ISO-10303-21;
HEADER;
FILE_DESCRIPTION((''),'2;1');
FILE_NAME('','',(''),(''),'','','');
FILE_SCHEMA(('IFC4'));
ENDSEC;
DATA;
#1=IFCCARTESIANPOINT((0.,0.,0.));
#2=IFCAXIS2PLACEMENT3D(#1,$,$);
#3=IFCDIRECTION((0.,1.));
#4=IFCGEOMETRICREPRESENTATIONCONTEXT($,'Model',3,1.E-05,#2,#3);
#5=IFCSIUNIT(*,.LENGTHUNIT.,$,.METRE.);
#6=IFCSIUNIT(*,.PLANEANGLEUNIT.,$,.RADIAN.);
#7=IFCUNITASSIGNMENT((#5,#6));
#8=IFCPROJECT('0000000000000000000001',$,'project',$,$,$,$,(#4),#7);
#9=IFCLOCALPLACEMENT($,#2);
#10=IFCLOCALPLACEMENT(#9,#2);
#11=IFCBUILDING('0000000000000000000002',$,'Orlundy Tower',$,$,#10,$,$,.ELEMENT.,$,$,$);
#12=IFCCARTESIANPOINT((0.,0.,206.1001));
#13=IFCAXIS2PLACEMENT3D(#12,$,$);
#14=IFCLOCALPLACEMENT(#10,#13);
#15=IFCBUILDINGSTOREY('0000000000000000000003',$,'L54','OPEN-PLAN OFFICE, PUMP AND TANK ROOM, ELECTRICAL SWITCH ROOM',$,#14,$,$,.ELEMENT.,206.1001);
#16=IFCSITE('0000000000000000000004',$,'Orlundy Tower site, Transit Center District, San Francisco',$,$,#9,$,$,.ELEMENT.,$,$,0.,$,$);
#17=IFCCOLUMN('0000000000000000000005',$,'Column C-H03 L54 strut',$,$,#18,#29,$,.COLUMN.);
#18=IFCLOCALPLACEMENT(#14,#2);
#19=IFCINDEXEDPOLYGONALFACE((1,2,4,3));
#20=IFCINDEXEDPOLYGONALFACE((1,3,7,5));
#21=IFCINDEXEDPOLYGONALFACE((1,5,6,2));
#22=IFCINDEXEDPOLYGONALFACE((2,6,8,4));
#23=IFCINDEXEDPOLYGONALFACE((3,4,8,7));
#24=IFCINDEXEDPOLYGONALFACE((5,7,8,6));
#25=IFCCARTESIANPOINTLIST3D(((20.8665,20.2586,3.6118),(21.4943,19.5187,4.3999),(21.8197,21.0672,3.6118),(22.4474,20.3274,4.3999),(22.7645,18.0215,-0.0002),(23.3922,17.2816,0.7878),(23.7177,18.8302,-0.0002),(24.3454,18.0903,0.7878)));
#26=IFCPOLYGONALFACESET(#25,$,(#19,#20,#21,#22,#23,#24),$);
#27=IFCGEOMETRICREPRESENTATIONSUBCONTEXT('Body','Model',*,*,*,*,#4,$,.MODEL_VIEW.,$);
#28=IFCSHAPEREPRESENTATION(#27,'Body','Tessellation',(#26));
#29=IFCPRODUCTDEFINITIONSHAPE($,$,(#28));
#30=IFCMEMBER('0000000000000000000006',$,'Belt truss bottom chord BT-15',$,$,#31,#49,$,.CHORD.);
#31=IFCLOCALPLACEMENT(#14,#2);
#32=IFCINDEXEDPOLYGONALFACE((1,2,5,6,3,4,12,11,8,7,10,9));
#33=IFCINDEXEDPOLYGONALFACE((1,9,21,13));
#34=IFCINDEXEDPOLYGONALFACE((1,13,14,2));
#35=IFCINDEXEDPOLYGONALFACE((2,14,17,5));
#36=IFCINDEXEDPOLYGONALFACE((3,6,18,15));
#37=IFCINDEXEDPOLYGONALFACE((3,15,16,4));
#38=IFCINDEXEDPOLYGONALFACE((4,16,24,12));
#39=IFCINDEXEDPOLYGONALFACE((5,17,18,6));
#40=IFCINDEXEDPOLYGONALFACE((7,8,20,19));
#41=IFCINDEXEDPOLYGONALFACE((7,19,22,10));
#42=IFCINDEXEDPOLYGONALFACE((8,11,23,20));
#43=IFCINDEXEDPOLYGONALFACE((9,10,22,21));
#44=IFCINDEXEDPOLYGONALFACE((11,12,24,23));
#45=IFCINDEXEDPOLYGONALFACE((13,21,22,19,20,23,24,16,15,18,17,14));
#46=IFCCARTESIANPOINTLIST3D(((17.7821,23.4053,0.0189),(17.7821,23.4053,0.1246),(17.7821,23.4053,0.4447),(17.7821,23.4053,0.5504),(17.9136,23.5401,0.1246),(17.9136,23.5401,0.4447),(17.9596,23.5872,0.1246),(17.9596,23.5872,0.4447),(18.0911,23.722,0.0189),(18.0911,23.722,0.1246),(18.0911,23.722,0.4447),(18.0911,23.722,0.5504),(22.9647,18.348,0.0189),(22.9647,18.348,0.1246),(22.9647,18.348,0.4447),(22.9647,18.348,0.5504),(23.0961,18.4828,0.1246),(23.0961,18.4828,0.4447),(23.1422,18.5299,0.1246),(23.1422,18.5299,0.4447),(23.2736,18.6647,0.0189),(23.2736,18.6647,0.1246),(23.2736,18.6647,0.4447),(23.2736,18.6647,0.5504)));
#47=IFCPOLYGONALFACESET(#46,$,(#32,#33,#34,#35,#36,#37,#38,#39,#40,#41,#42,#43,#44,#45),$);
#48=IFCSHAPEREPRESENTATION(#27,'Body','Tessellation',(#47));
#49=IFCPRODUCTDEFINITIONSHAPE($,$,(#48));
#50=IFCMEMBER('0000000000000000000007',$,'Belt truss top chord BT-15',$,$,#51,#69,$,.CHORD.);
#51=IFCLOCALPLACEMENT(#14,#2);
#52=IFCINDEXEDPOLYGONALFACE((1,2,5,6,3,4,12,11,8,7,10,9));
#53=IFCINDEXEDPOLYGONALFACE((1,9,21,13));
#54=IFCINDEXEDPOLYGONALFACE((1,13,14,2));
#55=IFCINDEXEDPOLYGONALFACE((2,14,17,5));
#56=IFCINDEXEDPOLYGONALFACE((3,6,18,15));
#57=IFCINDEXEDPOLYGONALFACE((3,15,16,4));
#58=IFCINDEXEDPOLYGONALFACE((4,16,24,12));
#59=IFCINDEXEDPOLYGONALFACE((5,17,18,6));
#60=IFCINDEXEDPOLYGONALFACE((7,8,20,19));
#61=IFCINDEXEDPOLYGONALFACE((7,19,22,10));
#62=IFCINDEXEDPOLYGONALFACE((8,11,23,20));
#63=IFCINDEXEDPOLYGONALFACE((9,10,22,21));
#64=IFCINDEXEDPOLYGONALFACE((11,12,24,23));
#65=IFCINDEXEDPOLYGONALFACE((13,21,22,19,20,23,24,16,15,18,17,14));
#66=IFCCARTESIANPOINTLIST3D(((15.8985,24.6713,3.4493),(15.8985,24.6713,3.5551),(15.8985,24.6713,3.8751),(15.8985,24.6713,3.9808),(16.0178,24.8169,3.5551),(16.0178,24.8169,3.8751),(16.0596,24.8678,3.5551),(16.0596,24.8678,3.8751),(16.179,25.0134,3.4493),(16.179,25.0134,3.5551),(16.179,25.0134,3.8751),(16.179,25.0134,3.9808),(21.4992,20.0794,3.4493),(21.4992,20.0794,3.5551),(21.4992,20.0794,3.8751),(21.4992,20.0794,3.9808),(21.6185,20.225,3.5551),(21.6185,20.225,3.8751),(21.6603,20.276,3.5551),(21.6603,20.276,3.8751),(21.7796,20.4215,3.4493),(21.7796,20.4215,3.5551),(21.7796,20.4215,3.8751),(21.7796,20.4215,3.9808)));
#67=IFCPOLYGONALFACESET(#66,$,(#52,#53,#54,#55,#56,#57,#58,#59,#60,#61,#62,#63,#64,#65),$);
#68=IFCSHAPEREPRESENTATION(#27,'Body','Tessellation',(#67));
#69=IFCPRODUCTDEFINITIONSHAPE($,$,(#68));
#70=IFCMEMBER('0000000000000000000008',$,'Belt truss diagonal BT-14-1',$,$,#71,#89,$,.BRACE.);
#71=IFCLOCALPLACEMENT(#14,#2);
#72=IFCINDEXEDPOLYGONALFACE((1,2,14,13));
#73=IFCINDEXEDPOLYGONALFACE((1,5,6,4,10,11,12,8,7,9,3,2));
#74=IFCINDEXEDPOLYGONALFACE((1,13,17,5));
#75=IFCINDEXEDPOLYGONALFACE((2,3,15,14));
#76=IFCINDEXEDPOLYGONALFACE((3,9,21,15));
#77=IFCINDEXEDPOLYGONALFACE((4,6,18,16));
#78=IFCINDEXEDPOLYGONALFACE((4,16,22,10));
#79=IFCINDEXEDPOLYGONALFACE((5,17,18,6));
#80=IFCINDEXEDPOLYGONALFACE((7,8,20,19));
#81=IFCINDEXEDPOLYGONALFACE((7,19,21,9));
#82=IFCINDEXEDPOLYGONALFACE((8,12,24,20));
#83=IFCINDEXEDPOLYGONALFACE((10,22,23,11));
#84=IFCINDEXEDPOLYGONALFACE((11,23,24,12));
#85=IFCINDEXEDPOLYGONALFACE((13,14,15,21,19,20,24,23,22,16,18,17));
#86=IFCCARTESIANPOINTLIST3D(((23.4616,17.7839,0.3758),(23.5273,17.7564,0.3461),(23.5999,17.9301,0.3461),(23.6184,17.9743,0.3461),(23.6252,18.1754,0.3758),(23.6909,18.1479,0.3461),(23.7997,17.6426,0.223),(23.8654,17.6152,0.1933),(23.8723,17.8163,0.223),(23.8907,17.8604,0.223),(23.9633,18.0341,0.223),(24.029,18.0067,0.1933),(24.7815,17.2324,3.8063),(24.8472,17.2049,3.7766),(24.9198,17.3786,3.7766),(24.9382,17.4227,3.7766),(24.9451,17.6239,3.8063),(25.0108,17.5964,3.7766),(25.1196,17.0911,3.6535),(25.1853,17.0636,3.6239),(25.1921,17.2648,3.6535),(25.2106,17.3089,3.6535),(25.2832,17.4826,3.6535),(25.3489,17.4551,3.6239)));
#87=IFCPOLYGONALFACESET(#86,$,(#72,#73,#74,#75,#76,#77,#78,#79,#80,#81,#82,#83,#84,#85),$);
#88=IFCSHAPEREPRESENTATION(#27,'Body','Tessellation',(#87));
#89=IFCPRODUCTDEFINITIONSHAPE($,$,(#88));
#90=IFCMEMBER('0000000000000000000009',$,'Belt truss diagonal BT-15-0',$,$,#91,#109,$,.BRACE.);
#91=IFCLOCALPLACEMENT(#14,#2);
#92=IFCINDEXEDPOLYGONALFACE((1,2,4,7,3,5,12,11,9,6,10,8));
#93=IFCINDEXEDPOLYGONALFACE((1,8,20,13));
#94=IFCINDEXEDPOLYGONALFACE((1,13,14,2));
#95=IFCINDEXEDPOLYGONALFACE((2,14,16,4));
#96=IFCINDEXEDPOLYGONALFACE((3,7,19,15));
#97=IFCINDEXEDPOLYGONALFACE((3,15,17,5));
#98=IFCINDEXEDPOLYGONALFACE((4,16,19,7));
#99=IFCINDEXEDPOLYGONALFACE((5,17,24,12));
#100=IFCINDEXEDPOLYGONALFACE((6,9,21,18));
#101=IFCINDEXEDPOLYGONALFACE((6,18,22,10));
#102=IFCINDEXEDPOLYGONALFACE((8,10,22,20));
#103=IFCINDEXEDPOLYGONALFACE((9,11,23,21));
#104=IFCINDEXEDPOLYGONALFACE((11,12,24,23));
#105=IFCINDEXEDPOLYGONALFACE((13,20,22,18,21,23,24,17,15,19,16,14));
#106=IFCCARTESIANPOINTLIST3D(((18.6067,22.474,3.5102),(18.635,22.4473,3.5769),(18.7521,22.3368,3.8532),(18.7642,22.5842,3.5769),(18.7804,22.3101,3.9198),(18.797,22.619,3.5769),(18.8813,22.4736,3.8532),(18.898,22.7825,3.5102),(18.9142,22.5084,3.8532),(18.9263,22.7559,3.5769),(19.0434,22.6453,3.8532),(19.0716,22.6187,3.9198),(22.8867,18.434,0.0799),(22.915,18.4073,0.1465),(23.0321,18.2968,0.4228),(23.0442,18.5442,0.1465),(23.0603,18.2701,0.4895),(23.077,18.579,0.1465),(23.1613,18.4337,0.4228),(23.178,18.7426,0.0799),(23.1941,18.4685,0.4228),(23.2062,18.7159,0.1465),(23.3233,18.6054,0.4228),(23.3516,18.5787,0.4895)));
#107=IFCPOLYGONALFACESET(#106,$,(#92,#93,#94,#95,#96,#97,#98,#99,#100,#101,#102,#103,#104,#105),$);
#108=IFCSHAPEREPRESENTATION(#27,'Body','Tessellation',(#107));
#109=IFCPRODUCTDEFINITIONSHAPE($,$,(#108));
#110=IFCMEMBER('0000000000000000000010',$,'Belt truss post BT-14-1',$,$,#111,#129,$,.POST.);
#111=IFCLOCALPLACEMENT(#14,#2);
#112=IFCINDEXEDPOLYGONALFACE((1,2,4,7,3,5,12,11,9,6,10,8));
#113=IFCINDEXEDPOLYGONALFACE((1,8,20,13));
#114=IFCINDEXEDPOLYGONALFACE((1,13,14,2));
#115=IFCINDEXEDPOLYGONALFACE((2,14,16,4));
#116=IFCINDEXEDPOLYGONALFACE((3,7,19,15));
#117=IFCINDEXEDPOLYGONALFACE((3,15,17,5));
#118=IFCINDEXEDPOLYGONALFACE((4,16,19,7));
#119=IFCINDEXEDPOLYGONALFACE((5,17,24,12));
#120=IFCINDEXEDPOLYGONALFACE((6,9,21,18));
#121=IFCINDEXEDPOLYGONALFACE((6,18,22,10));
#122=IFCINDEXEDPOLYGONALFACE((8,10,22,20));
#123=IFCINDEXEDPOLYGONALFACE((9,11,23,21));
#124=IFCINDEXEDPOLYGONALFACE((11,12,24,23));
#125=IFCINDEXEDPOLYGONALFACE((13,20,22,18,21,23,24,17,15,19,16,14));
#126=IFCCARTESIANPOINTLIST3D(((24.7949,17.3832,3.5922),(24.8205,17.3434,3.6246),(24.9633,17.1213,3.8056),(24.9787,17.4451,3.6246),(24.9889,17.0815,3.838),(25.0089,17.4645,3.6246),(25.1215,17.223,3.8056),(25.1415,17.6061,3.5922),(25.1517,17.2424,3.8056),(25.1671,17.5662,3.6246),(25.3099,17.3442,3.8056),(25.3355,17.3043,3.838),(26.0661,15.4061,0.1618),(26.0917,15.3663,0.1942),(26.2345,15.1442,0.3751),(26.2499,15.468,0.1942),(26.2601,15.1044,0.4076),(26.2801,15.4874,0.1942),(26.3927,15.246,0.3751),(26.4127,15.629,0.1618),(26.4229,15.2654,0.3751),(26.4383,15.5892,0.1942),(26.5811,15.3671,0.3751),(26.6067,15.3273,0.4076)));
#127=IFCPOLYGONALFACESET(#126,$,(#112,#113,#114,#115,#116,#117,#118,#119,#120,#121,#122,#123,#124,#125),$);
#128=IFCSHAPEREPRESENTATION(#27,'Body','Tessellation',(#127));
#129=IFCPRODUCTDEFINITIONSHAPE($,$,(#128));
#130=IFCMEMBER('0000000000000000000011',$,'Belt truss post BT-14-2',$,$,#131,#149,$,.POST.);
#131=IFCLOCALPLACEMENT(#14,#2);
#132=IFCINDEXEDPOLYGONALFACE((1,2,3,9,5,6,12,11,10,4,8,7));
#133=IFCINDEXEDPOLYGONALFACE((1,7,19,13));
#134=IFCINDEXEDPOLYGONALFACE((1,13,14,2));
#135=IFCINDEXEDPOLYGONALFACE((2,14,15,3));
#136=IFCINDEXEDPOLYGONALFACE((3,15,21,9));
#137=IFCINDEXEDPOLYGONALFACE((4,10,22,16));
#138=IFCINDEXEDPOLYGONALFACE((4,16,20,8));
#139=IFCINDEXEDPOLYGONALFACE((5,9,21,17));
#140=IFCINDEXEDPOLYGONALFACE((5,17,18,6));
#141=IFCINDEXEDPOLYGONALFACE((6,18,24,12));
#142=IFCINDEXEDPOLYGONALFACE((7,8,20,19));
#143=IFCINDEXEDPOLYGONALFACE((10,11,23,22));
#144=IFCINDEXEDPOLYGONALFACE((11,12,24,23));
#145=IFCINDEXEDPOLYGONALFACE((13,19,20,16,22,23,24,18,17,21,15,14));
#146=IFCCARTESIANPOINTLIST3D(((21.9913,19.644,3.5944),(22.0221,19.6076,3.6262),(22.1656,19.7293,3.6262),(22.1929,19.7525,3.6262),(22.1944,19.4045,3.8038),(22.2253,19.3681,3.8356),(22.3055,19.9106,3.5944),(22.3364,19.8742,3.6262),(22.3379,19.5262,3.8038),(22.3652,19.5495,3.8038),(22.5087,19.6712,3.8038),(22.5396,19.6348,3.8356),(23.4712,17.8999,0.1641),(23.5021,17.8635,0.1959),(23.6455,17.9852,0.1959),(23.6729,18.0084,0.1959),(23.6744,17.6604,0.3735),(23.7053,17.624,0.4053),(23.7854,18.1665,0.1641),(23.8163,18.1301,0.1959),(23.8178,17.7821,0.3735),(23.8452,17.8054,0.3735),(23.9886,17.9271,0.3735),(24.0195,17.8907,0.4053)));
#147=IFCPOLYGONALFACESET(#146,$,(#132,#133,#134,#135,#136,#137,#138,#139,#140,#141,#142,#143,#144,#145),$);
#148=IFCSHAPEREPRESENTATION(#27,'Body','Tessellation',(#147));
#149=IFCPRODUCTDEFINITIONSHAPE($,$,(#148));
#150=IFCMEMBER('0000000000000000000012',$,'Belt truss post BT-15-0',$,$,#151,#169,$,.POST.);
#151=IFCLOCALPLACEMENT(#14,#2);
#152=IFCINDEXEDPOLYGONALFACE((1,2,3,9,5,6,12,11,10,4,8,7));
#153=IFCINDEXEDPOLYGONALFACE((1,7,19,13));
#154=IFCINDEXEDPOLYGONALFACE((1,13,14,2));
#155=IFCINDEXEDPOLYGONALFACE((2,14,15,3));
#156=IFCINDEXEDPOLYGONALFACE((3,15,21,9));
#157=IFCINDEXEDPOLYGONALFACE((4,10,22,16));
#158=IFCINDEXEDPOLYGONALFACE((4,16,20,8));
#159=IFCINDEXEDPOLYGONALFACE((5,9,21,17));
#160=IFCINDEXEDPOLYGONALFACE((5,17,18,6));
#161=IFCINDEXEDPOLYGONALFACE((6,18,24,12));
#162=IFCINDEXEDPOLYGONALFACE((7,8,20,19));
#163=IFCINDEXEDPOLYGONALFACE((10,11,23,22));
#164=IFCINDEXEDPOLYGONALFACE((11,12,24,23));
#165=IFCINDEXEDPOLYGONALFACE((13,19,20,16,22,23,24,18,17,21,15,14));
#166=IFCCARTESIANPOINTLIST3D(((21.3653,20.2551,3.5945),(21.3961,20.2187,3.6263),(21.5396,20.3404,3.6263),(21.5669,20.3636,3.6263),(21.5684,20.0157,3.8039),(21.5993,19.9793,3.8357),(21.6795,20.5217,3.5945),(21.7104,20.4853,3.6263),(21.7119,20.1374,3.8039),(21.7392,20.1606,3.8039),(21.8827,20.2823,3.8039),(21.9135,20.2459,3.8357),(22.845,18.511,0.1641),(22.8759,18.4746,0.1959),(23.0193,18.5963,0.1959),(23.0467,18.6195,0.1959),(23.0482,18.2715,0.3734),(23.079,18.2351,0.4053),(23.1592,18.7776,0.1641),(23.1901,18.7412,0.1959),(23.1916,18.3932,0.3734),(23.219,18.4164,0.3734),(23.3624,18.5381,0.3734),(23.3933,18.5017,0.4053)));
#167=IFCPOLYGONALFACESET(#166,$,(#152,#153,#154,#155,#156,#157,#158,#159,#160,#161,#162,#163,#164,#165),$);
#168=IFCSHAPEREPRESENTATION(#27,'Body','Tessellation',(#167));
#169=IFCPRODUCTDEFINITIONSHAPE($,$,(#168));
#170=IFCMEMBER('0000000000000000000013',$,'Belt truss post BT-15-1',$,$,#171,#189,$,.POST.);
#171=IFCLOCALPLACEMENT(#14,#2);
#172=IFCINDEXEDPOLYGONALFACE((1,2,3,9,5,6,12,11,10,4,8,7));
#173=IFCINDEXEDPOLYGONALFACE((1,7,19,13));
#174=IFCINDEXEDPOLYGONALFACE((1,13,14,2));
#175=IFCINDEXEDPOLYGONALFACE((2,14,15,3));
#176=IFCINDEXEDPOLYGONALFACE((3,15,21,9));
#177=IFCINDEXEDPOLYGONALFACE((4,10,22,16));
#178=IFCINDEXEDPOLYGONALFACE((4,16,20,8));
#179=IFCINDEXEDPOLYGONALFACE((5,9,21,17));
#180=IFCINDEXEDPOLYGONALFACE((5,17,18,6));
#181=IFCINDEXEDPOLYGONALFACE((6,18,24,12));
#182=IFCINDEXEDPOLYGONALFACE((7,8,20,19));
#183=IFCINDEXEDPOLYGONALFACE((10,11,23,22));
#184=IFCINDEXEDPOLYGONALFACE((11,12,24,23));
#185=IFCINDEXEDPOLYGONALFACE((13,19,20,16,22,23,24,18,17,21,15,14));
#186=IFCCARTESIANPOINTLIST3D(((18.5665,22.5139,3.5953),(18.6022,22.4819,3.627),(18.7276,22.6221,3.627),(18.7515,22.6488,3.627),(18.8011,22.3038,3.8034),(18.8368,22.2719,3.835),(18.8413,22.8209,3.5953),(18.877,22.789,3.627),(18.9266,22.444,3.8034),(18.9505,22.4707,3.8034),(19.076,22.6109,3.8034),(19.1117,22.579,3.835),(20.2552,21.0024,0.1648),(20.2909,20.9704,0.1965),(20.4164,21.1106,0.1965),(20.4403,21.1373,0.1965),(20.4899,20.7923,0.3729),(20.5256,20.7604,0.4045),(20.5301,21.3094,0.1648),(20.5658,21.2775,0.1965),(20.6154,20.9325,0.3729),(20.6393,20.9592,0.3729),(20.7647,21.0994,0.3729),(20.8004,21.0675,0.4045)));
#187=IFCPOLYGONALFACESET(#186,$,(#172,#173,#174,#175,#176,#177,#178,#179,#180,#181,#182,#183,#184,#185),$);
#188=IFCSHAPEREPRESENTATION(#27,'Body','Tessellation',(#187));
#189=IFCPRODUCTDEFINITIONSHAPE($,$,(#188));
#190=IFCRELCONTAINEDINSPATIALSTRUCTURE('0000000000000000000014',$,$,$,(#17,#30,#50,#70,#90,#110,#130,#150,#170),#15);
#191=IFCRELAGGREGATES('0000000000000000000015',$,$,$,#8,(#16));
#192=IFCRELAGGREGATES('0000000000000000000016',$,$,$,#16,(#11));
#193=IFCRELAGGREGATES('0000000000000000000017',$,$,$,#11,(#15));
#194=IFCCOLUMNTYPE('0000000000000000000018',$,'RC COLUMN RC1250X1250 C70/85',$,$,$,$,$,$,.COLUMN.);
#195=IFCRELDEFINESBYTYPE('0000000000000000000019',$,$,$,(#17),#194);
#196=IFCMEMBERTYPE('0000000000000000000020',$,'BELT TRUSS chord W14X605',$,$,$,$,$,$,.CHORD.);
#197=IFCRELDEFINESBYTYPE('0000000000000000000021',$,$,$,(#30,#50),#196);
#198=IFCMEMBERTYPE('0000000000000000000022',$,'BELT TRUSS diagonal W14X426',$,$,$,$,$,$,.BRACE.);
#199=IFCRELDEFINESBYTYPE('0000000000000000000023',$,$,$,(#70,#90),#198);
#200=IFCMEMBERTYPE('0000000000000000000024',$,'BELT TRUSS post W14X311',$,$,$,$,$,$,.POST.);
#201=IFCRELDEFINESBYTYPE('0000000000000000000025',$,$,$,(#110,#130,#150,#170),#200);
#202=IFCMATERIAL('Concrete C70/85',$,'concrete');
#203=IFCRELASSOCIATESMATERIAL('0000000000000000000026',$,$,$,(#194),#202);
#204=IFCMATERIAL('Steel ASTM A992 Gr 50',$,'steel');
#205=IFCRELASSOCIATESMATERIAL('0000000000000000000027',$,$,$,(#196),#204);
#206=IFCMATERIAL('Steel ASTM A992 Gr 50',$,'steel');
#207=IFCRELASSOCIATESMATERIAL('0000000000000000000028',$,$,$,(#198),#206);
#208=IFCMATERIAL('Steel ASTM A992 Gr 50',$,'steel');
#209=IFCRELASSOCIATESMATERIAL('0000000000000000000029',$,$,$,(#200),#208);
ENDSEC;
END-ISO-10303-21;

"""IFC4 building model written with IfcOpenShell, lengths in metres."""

from ifc_helpers import new_model, si_unit, direction, frame, origin, origin_2d, place, context, subcontext, project, spatial, rectangle, i_section, extrude, material, material_profile, profile_set, type_object, element, save


model = new_model("IFC4")

# Units and contexts
model_context = context("Model", 3, precision=1e-05, world=origin(), true_north=direction((0.0, 1.0)))
body_context = subcontext(model_context, "Body", "Model", "MODEL_VIEW")
ifc_project = project(units=[si_unit("LENGTHUNIT", "METRE"), si_unit("PLANEANGLEUNIT", "RADIAN")], contexts=[model_context])

# Site, building, storey
site_placement = place(None, origin())
site = spatial("IfcSite", under=ifc_project, at=site_placement, Name="Orlundy Tower site, Transit Center District, San Francisco", CompositionType="ELEMENT", RefElevation=0.0)
building_placement = place(site_placement, origin())
building = spatial("IfcBuilding", under=site, at=building_placement, Name="Orlundy Tower", CompositionType="ELEMENT")
storey_placement = place(building_placement, frame((0.0, 0.0, 206.1001)))
storey = spatial("IfcBuildingStorey", under=building, at=storey_placement, Name="L54", Description="OPEN-PLAN OFFICE, PUMP AND TANK ROOM, ELECTRICAL SWITCH ROOM", CompositionType="ELEMENT", Elevation=206.1001)

# Column
ifc_material_1 = material(Name="Concrete C70/85", Category="concrete")
ifc_material_profile_1 = material_profile(ifc_material_1, rectangle(XDim=1.25, YDim=1.25, at=origin_2d()), Name="RC1250X1250")
ifc_profile_set_1 = profile_set([ifc_material_profile_1], Name="Concrete C70/85")
column_type = type_object("IfcColumnType", Name="RC COLUMN RC1250X1250 C70/85", PredefinedType="COLUMN", material=ifc_profile_set_1)
column_placement = place(storey_placement, frame((23.5549, 18.0559, 0.3938), z_axis=(-0.407868, 0.480742, 0.776229), x_axis=(-0.762537, -0.646945, 0.0)))
element("IfcColumn", 1, at=column_placement, inside=storey, type_object=column_type, Name="Column C-H03 L54 strut", PredefinedType="COLUMN", context=body_context, shape_type="SweptSolid", body=[
    extrude(rectangle(XDim=1.25, YDim=1.25, at=origin_2d()), origin(), (0.0, 0.0, 1.0), 4.6533),
])

# Members
ifc_material_2 = material(Name="Steel ASTM A992 Gr 50", Category="steel")
ifc_material_profile_2 = material_profile(ifc_material_2, i_section(OverallWidth=0.4424, OverallDepth=0.5315, WebThickness=0.0659, FlangeThickness=0.1057, at=origin_2d()), Name="W14X605")
ifc_profile_set_2 = profile_set([ifc_material_profile_2], Name="Steel ASTM A992 Gr 50")
member_type_1 = type_object("IfcMemberType", Name="BELT TRUSS chord W14X605", PredefinedType="CHORD", material=ifc_profile_set_2)
member_1_placement = place(storey_placement, frame((23.1191, 18.5063, 0.2847), z_axis=(-0.715702, 0.698406, 0.0), x_axis=(-0.698406, -0.715702, 0.0)))
element("IfcMember", 2, at=member_1_placement, inside=storey, type_object=member_type_1, Name="Belt truss bottom chord BT-15", PredefinedType="CHORD", context=body_context, shape_type="SweptSolid", body=[
    extrude(i_section(OverallWidth=0.4424, OverallDepth=0.5315, WebThickness=0.0659, FlangeThickness=0.1057, at=origin_2d()), origin(), (0.0, 0.0, 1.0), 7.2412),
])
member_2_placement = place(storey_placement, frame((21.6394, 20.2505, 3.7151), z_axis=(-0.773314, 0.634023, 0.0), x_axis=(-0.634023, -0.773314, 0.0)))
element("IfcMember", 3, at=member_2_placement, inside=storey, type_object=member_type_1, Name="Belt truss top chord BT-15", PredefinedType="CHORD", context=body_context, shape_type="SweptSolid", body=[
    extrude(i_section(OverallWidth=0.4424, OverallDepth=0.5315, WebThickness=0.0659, FlangeThickness=0.1057, at=origin_2d()), origin(), (0.0, 0.0, 1.0), 7.2424),
])
ifc_material_3 = material(Name="Steel ASTM A992 Gr 50", Category="steel")
ifc_material_profile_3 = material_profile(ifc_material_3, i_section(OverallWidth=0.4243, OverallDepth=0.4741, WebThickness=0.0479, FlangeThickness=0.0771, at=origin_2d()), Name="W14X426")
ifc_profile_set_3 = profile_set([ifc_material_profile_3], Name="Steel ASTM A992 Gr 50")
member_type_2 = type_object("IfcMemberType", Name="BELT TRUSS diagonal W14X426", PredefinedType="BRACE", material=ifc_profile_set_3)
member_3_placement = place(storey_placement, frame((25.0652, 17.3438, 3.7151), z_axis=(-0.355106, 0.148388, -0.922974), x_axis=(-0.38556, -0.922683, 0.0)))
element("IfcMember", 4, at=member_3_placement, inside=storey, type_object=member_type_2, Name="Belt truss diagonal BT-14-1", PredefinedType="BRACE", context=body_context, shape_type="SweptSolid", body=[
    extrude(i_section(OverallWidth=0.4243, OverallDepth=0.4741, WebThickness=0.0479, FlangeThickness=0.0771, at=origin_2d()), origin(), (0.0, 0.0, 1.0), 3.7168),
])
member_4_placement = place(storey_placement, frame((23.1191, 18.5063, 0.2847), z_axis=(-0.628273, 0.593045, 0.503558), x_axis=(-0.686425, -0.727201, 0.0)))
element("IfcMember", 5, at=member_4_placement, inside=storey, type_object=member_type_2, Name="Belt truss diagonal BT-15-0", PredefinedType="BRACE", context=body_context, shape_type="SweptSolid", body=[
    extrude(i_section(OverallWidth=0.4243, OverallDepth=0.4741, WebThickness=0.0479, FlangeThickness=0.0771, at=origin_2d()), origin(), (0.0, 0.0, 1.0), 6.8123),
])
ifc_material_4 = material(Name="Steel ASTM A992 Gr 50", Category="steel")
ifc_material_profile_4 = material_profile(ifc_material_4, i_section(OverallWidth=0.4121, OverallDepth=0.4348, WebThickness=0.0359, FlangeThickness=0.0574, at=origin_2d()), Name="W14X311")
ifc_profile_set_4 = profile_set([ifc_material_profile_4], Name="Steel ASTM A992 Gr 50")
member_type_3 = type_object("IfcMemberType", Name="BELT TRUSS post W14X311", PredefinedType="POST", material=ifc_profile_set_4)
member_5_placement = place(storey_placement, frame((26.3364, 15.3667, 0.2847), z_axis=(-0.305702, 0.475432, 0.824931), x_axis=(-0.841124, -0.540842, 0.0)))
element("IfcMember", 6, at=member_5_placement, inside=storey, type_object=member_type_3, Name="Belt truss post BT-14-1", PredefinedType="POST", context=body_context, shape_type="SweptSolid", body=[
    extrude(i_section(OverallWidth=0.4121, OverallDepth=0.4348, WebThickness=0.0359, FlangeThickness=0.0574, at=origin_2d()), origin(), (0.0, 0.0, 1.0), 4.1584),
])
for number, where, z_axis, x_axis, name in (
    (7, (23.7454, 17.8953, 0.2847), (-0.358946, 0.423014, 0.831995), (-0.762487, -0.647004, 0.0), "Belt truss post BT-14-2"),
    (8, (23.1191, 18.5063, 0.2847), (-0.358895, 0.423023, 0.832013), (-0.762539, -0.646942, 0.0), "Belt truss post BT-15-0"),
):
    element("IfcMember", number, at=place(storey_placement, frame(where, z_axis=z_axis, x_axis=x_axis)), inside=storey, type_object=member_type_3, Name=name, PredefinedType="POST", context=body_context, shape_type="SweptSolid", body=[
        extrude(i_section(OverallWidth=0.4121, OverallDepth=0.4348, WebThickness=0.0359, FlangeThickness=0.0574, at=origin_2d()), origin(), (0.0, 0.0, 1.0), 4.123),
    ])
member_6_placement = place(storey_placement, frame((20.5278, 21.0349, 0.2847), z_axis=(-0.410735, 0.367625, 0.834355), x_axis=(-0.666921, -0.745129, 0.0)))
element("IfcMember", 9, at=member_6_placement, inside=storey, type_object=member_type_3, Name="Belt truss post BT-15-1", PredefinedType="POST", context=body_context, shape_type="SweptSolid", body=[
    extrude(i_section(OverallWidth=0.4121, OverallDepth=0.4348, WebThickness=0.0359, FlangeThickness=0.0574, at=origin_2d()), origin(), (0.0, 0.0, 1.0), 4.1116),
])

save(model, "model.ifc")
